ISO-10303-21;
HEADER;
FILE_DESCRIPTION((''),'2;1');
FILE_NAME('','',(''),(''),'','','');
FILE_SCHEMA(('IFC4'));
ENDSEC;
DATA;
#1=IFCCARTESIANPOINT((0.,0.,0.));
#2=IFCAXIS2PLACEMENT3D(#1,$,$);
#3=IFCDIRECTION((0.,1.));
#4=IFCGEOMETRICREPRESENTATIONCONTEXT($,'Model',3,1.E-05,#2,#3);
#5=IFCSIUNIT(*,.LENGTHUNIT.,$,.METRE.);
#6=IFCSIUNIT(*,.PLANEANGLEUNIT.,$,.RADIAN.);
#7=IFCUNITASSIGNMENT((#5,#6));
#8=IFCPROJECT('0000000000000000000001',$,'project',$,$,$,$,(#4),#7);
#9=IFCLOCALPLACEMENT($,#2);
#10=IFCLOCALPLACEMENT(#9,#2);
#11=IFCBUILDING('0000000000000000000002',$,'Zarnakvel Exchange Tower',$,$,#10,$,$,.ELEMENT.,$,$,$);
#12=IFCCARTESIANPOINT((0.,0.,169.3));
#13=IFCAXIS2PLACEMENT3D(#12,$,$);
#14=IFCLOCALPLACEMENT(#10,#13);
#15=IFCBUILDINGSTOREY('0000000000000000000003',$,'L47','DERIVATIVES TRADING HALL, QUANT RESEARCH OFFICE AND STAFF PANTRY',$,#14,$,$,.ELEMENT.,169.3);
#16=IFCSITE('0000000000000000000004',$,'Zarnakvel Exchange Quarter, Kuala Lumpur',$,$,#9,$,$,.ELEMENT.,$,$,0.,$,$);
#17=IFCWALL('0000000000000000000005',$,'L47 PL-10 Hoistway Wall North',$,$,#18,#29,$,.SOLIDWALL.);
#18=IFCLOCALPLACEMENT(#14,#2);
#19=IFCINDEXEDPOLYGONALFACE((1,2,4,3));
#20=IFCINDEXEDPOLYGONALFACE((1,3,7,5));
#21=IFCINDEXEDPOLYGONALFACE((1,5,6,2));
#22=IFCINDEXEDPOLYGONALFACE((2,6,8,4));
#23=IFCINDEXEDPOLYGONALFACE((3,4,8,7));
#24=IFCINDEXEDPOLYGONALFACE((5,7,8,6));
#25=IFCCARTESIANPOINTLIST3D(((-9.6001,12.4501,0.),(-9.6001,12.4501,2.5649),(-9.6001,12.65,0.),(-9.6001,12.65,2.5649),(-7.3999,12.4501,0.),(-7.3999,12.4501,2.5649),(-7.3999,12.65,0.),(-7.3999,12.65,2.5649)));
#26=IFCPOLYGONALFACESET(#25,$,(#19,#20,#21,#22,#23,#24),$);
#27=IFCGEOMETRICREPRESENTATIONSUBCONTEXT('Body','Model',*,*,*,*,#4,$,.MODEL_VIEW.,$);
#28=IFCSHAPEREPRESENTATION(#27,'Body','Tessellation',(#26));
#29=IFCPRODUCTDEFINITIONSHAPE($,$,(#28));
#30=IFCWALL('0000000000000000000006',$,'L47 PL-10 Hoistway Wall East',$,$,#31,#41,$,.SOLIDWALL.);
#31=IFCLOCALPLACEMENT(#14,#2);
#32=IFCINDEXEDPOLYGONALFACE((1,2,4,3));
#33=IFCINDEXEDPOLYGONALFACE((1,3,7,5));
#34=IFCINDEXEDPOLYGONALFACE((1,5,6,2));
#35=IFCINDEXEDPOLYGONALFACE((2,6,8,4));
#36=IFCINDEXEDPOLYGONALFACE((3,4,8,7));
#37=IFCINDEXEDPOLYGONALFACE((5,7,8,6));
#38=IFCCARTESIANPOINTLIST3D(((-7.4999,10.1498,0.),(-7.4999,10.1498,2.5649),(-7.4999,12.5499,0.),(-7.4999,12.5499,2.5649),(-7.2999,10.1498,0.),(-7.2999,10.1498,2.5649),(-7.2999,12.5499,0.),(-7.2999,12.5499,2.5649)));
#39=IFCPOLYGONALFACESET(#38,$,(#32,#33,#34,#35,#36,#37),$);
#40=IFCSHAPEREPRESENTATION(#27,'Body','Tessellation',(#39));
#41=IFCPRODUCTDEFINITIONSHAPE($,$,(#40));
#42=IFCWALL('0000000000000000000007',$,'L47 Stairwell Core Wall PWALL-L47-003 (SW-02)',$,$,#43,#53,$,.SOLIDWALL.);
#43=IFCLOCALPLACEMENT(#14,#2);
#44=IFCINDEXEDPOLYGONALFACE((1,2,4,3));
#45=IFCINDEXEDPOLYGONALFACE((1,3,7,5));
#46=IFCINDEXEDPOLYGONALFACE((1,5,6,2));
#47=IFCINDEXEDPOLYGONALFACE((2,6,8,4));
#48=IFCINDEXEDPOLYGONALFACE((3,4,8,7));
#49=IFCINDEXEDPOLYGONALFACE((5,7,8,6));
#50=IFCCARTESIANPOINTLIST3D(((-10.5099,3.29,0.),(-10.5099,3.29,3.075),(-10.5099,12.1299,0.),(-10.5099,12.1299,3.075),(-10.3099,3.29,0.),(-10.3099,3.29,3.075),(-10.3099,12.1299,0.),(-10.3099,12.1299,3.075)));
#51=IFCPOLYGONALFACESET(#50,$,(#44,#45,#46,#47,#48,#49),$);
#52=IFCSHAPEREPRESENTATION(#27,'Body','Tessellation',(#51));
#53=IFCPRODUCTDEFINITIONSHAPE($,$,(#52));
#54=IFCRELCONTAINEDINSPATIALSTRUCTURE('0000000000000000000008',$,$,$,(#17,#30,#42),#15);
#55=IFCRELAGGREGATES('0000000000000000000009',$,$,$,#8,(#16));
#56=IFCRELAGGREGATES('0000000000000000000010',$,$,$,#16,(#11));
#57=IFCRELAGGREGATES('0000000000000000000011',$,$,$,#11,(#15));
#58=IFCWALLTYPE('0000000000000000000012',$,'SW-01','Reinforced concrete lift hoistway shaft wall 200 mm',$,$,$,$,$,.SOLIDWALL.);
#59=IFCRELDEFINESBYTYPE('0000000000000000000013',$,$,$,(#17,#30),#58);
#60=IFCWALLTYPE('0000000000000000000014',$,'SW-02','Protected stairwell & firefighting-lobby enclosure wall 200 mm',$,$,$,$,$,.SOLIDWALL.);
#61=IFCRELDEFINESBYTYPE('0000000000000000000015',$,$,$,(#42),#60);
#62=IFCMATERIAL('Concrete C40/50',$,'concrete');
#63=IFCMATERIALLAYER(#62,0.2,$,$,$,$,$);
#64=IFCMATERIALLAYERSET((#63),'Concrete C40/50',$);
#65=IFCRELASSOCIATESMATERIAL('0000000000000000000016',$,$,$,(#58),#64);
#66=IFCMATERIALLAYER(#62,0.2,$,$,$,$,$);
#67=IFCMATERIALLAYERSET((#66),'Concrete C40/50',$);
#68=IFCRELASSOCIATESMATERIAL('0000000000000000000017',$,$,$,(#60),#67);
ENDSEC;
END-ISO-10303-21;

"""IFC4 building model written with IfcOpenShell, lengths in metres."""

from ifc_helpers import new_model, si_unit, direction, frame, frame_2d, origin, place, context, subcontext, project, spatial, rectangle, extrude, material, layer, layer_set, type_object, element, save


model = new_model("IFC4")

# Units and contexts
model_context = context("Model", 3, precision=1e-05, world=origin(), true_north=direction((0.0, 1.0)))
body_context = subcontext(model_context, "Body", "Model", "MODEL_VIEW")
ifc_project = project(units=[si_unit("LENGTHUNIT", "METRE"), si_unit("PLANEANGLEUNIT", "RADIAN")], contexts=[model_context])

# Site, building, storey
site_placement = place(None, origin())
site = spatial("IfcSite", under=ifc_project, at=site_placement, Name="Zarnakvel Exchange Quarter, Kuala Lumpur", CompositionType="ELEMENT", RefElevation=0.0)
building_placement = place(site_placement, origin())
building = spatial("IfcBuilding", under=site, at=building_placement, Name="Zarnakvel Exchange Tower", CompositionType="ELEMENT")
storey_placement = place(building_placement, frame((0.0, 0.0, 169.3)))
storey = spatial("IfcBuildingStorey", under=building, at=storey_placement, Name="L47", Description="DERIVATIVES TRADING HALL, QUANT RESEARCH OFFICE AND STAFF PANTRY", CompositionType="ELEMENT", Elevation=169.3)

# Walls
ifc_material_1 = material(Name="Concrete C40/50", Category="concrete")
ifc_layer_1 = layer(ifc_material_1, 0.2)
ifc_layer_set_1 = layer_set([ifc_layer_1], Name="Concrete C40/50")
wall_type_1 = type_object("IfcWallType", Name="SW-01", Description="Reinforced concrete lift hoistway shaft wall 200 mm", PredefinedType="SOLIDWALL", material=ifc_layer_set_1)
for number, where, z_axis, x_axis, name in (
    (1, (-9.6001, 12.55, 0.0), (0.0, 0.0, 1.0), (1.0, 0.0, 0.0), "L47 PL-10 Hoistway Wall North"),
):
    element("IfcWall", number, at=place(storey_placement, frame(where, z_axis=z_axis, x_axis=x_axis)), inside=storey, type_object=wall_type_1, Name=name, PredefinedType="SOLIDWALL", context=body_context, shape_type="SweptSolid", body=[
        extrude(rectangle(XDim=2.2002, YDim=0.2, at=frame_2d((1.1001, 0.0))), origin(), (0.0, 0.0, 1.0), 2.5649),
    ])
wall_1_placement = place(storey_placement, frame((-7.3999, 12.55, 0.0), z_axis=(0.0, 0.0, 1.0), x_axis=(0.0, -1.0, 0.0)))
element("IfcWall", 2, at=wall_1_placement, inside=storey, type_object=wall_type_1, Name="L47 PL-10 Hoistway Wall East", PredefinedType="SOLIDWALL", context=body_context, shape_type="SweptSolid", body=[
    extrude(rectangle(XDim=2.4001, YDim=0.2, at=frame_2d((1.2002, 0.0))), origin(), (0.0, 0.0, 1.0), 2.5649),
])
ifc_layer_2 = layer(ifc_material_1, 0.2)
ifc_layer_set_2 = layer_set([ifc_layer_2], Name="Concrete C40/50")
wall_type_2 = type_object("IfcWallType", Name="SW-02", Description="Protected stairwell & firefighting-lobby enclosure wall 200 mm", PredefinedType="SOLIDWALL", material=ifc_layer_set_2)
wall_2_placement = place(storey_placement, frame((-10.4099, 12.1299, 0.0), z_axis=(0.0, 0.0, 1.0), x_axis=(0.0, -1.0, 0.0)))
element("IfcWall", 3, at=wall_2_placement, inside=storey, type_object=wall_type_2, Name="L47 Stairwell Core Wall PWALL-L47-003 (SW-02)", PredefinedType="SOLIDWALL", context=body_context, shape_type="SweptSolid", body=[
    extrude(rectangle(XDim=8.8398, YDim=0.2, at=frame_2d((4.4199, 0.0))), origin(), (0.0, 0.0, 1.0), 3.075),
])

save(model, "model.ifc")
